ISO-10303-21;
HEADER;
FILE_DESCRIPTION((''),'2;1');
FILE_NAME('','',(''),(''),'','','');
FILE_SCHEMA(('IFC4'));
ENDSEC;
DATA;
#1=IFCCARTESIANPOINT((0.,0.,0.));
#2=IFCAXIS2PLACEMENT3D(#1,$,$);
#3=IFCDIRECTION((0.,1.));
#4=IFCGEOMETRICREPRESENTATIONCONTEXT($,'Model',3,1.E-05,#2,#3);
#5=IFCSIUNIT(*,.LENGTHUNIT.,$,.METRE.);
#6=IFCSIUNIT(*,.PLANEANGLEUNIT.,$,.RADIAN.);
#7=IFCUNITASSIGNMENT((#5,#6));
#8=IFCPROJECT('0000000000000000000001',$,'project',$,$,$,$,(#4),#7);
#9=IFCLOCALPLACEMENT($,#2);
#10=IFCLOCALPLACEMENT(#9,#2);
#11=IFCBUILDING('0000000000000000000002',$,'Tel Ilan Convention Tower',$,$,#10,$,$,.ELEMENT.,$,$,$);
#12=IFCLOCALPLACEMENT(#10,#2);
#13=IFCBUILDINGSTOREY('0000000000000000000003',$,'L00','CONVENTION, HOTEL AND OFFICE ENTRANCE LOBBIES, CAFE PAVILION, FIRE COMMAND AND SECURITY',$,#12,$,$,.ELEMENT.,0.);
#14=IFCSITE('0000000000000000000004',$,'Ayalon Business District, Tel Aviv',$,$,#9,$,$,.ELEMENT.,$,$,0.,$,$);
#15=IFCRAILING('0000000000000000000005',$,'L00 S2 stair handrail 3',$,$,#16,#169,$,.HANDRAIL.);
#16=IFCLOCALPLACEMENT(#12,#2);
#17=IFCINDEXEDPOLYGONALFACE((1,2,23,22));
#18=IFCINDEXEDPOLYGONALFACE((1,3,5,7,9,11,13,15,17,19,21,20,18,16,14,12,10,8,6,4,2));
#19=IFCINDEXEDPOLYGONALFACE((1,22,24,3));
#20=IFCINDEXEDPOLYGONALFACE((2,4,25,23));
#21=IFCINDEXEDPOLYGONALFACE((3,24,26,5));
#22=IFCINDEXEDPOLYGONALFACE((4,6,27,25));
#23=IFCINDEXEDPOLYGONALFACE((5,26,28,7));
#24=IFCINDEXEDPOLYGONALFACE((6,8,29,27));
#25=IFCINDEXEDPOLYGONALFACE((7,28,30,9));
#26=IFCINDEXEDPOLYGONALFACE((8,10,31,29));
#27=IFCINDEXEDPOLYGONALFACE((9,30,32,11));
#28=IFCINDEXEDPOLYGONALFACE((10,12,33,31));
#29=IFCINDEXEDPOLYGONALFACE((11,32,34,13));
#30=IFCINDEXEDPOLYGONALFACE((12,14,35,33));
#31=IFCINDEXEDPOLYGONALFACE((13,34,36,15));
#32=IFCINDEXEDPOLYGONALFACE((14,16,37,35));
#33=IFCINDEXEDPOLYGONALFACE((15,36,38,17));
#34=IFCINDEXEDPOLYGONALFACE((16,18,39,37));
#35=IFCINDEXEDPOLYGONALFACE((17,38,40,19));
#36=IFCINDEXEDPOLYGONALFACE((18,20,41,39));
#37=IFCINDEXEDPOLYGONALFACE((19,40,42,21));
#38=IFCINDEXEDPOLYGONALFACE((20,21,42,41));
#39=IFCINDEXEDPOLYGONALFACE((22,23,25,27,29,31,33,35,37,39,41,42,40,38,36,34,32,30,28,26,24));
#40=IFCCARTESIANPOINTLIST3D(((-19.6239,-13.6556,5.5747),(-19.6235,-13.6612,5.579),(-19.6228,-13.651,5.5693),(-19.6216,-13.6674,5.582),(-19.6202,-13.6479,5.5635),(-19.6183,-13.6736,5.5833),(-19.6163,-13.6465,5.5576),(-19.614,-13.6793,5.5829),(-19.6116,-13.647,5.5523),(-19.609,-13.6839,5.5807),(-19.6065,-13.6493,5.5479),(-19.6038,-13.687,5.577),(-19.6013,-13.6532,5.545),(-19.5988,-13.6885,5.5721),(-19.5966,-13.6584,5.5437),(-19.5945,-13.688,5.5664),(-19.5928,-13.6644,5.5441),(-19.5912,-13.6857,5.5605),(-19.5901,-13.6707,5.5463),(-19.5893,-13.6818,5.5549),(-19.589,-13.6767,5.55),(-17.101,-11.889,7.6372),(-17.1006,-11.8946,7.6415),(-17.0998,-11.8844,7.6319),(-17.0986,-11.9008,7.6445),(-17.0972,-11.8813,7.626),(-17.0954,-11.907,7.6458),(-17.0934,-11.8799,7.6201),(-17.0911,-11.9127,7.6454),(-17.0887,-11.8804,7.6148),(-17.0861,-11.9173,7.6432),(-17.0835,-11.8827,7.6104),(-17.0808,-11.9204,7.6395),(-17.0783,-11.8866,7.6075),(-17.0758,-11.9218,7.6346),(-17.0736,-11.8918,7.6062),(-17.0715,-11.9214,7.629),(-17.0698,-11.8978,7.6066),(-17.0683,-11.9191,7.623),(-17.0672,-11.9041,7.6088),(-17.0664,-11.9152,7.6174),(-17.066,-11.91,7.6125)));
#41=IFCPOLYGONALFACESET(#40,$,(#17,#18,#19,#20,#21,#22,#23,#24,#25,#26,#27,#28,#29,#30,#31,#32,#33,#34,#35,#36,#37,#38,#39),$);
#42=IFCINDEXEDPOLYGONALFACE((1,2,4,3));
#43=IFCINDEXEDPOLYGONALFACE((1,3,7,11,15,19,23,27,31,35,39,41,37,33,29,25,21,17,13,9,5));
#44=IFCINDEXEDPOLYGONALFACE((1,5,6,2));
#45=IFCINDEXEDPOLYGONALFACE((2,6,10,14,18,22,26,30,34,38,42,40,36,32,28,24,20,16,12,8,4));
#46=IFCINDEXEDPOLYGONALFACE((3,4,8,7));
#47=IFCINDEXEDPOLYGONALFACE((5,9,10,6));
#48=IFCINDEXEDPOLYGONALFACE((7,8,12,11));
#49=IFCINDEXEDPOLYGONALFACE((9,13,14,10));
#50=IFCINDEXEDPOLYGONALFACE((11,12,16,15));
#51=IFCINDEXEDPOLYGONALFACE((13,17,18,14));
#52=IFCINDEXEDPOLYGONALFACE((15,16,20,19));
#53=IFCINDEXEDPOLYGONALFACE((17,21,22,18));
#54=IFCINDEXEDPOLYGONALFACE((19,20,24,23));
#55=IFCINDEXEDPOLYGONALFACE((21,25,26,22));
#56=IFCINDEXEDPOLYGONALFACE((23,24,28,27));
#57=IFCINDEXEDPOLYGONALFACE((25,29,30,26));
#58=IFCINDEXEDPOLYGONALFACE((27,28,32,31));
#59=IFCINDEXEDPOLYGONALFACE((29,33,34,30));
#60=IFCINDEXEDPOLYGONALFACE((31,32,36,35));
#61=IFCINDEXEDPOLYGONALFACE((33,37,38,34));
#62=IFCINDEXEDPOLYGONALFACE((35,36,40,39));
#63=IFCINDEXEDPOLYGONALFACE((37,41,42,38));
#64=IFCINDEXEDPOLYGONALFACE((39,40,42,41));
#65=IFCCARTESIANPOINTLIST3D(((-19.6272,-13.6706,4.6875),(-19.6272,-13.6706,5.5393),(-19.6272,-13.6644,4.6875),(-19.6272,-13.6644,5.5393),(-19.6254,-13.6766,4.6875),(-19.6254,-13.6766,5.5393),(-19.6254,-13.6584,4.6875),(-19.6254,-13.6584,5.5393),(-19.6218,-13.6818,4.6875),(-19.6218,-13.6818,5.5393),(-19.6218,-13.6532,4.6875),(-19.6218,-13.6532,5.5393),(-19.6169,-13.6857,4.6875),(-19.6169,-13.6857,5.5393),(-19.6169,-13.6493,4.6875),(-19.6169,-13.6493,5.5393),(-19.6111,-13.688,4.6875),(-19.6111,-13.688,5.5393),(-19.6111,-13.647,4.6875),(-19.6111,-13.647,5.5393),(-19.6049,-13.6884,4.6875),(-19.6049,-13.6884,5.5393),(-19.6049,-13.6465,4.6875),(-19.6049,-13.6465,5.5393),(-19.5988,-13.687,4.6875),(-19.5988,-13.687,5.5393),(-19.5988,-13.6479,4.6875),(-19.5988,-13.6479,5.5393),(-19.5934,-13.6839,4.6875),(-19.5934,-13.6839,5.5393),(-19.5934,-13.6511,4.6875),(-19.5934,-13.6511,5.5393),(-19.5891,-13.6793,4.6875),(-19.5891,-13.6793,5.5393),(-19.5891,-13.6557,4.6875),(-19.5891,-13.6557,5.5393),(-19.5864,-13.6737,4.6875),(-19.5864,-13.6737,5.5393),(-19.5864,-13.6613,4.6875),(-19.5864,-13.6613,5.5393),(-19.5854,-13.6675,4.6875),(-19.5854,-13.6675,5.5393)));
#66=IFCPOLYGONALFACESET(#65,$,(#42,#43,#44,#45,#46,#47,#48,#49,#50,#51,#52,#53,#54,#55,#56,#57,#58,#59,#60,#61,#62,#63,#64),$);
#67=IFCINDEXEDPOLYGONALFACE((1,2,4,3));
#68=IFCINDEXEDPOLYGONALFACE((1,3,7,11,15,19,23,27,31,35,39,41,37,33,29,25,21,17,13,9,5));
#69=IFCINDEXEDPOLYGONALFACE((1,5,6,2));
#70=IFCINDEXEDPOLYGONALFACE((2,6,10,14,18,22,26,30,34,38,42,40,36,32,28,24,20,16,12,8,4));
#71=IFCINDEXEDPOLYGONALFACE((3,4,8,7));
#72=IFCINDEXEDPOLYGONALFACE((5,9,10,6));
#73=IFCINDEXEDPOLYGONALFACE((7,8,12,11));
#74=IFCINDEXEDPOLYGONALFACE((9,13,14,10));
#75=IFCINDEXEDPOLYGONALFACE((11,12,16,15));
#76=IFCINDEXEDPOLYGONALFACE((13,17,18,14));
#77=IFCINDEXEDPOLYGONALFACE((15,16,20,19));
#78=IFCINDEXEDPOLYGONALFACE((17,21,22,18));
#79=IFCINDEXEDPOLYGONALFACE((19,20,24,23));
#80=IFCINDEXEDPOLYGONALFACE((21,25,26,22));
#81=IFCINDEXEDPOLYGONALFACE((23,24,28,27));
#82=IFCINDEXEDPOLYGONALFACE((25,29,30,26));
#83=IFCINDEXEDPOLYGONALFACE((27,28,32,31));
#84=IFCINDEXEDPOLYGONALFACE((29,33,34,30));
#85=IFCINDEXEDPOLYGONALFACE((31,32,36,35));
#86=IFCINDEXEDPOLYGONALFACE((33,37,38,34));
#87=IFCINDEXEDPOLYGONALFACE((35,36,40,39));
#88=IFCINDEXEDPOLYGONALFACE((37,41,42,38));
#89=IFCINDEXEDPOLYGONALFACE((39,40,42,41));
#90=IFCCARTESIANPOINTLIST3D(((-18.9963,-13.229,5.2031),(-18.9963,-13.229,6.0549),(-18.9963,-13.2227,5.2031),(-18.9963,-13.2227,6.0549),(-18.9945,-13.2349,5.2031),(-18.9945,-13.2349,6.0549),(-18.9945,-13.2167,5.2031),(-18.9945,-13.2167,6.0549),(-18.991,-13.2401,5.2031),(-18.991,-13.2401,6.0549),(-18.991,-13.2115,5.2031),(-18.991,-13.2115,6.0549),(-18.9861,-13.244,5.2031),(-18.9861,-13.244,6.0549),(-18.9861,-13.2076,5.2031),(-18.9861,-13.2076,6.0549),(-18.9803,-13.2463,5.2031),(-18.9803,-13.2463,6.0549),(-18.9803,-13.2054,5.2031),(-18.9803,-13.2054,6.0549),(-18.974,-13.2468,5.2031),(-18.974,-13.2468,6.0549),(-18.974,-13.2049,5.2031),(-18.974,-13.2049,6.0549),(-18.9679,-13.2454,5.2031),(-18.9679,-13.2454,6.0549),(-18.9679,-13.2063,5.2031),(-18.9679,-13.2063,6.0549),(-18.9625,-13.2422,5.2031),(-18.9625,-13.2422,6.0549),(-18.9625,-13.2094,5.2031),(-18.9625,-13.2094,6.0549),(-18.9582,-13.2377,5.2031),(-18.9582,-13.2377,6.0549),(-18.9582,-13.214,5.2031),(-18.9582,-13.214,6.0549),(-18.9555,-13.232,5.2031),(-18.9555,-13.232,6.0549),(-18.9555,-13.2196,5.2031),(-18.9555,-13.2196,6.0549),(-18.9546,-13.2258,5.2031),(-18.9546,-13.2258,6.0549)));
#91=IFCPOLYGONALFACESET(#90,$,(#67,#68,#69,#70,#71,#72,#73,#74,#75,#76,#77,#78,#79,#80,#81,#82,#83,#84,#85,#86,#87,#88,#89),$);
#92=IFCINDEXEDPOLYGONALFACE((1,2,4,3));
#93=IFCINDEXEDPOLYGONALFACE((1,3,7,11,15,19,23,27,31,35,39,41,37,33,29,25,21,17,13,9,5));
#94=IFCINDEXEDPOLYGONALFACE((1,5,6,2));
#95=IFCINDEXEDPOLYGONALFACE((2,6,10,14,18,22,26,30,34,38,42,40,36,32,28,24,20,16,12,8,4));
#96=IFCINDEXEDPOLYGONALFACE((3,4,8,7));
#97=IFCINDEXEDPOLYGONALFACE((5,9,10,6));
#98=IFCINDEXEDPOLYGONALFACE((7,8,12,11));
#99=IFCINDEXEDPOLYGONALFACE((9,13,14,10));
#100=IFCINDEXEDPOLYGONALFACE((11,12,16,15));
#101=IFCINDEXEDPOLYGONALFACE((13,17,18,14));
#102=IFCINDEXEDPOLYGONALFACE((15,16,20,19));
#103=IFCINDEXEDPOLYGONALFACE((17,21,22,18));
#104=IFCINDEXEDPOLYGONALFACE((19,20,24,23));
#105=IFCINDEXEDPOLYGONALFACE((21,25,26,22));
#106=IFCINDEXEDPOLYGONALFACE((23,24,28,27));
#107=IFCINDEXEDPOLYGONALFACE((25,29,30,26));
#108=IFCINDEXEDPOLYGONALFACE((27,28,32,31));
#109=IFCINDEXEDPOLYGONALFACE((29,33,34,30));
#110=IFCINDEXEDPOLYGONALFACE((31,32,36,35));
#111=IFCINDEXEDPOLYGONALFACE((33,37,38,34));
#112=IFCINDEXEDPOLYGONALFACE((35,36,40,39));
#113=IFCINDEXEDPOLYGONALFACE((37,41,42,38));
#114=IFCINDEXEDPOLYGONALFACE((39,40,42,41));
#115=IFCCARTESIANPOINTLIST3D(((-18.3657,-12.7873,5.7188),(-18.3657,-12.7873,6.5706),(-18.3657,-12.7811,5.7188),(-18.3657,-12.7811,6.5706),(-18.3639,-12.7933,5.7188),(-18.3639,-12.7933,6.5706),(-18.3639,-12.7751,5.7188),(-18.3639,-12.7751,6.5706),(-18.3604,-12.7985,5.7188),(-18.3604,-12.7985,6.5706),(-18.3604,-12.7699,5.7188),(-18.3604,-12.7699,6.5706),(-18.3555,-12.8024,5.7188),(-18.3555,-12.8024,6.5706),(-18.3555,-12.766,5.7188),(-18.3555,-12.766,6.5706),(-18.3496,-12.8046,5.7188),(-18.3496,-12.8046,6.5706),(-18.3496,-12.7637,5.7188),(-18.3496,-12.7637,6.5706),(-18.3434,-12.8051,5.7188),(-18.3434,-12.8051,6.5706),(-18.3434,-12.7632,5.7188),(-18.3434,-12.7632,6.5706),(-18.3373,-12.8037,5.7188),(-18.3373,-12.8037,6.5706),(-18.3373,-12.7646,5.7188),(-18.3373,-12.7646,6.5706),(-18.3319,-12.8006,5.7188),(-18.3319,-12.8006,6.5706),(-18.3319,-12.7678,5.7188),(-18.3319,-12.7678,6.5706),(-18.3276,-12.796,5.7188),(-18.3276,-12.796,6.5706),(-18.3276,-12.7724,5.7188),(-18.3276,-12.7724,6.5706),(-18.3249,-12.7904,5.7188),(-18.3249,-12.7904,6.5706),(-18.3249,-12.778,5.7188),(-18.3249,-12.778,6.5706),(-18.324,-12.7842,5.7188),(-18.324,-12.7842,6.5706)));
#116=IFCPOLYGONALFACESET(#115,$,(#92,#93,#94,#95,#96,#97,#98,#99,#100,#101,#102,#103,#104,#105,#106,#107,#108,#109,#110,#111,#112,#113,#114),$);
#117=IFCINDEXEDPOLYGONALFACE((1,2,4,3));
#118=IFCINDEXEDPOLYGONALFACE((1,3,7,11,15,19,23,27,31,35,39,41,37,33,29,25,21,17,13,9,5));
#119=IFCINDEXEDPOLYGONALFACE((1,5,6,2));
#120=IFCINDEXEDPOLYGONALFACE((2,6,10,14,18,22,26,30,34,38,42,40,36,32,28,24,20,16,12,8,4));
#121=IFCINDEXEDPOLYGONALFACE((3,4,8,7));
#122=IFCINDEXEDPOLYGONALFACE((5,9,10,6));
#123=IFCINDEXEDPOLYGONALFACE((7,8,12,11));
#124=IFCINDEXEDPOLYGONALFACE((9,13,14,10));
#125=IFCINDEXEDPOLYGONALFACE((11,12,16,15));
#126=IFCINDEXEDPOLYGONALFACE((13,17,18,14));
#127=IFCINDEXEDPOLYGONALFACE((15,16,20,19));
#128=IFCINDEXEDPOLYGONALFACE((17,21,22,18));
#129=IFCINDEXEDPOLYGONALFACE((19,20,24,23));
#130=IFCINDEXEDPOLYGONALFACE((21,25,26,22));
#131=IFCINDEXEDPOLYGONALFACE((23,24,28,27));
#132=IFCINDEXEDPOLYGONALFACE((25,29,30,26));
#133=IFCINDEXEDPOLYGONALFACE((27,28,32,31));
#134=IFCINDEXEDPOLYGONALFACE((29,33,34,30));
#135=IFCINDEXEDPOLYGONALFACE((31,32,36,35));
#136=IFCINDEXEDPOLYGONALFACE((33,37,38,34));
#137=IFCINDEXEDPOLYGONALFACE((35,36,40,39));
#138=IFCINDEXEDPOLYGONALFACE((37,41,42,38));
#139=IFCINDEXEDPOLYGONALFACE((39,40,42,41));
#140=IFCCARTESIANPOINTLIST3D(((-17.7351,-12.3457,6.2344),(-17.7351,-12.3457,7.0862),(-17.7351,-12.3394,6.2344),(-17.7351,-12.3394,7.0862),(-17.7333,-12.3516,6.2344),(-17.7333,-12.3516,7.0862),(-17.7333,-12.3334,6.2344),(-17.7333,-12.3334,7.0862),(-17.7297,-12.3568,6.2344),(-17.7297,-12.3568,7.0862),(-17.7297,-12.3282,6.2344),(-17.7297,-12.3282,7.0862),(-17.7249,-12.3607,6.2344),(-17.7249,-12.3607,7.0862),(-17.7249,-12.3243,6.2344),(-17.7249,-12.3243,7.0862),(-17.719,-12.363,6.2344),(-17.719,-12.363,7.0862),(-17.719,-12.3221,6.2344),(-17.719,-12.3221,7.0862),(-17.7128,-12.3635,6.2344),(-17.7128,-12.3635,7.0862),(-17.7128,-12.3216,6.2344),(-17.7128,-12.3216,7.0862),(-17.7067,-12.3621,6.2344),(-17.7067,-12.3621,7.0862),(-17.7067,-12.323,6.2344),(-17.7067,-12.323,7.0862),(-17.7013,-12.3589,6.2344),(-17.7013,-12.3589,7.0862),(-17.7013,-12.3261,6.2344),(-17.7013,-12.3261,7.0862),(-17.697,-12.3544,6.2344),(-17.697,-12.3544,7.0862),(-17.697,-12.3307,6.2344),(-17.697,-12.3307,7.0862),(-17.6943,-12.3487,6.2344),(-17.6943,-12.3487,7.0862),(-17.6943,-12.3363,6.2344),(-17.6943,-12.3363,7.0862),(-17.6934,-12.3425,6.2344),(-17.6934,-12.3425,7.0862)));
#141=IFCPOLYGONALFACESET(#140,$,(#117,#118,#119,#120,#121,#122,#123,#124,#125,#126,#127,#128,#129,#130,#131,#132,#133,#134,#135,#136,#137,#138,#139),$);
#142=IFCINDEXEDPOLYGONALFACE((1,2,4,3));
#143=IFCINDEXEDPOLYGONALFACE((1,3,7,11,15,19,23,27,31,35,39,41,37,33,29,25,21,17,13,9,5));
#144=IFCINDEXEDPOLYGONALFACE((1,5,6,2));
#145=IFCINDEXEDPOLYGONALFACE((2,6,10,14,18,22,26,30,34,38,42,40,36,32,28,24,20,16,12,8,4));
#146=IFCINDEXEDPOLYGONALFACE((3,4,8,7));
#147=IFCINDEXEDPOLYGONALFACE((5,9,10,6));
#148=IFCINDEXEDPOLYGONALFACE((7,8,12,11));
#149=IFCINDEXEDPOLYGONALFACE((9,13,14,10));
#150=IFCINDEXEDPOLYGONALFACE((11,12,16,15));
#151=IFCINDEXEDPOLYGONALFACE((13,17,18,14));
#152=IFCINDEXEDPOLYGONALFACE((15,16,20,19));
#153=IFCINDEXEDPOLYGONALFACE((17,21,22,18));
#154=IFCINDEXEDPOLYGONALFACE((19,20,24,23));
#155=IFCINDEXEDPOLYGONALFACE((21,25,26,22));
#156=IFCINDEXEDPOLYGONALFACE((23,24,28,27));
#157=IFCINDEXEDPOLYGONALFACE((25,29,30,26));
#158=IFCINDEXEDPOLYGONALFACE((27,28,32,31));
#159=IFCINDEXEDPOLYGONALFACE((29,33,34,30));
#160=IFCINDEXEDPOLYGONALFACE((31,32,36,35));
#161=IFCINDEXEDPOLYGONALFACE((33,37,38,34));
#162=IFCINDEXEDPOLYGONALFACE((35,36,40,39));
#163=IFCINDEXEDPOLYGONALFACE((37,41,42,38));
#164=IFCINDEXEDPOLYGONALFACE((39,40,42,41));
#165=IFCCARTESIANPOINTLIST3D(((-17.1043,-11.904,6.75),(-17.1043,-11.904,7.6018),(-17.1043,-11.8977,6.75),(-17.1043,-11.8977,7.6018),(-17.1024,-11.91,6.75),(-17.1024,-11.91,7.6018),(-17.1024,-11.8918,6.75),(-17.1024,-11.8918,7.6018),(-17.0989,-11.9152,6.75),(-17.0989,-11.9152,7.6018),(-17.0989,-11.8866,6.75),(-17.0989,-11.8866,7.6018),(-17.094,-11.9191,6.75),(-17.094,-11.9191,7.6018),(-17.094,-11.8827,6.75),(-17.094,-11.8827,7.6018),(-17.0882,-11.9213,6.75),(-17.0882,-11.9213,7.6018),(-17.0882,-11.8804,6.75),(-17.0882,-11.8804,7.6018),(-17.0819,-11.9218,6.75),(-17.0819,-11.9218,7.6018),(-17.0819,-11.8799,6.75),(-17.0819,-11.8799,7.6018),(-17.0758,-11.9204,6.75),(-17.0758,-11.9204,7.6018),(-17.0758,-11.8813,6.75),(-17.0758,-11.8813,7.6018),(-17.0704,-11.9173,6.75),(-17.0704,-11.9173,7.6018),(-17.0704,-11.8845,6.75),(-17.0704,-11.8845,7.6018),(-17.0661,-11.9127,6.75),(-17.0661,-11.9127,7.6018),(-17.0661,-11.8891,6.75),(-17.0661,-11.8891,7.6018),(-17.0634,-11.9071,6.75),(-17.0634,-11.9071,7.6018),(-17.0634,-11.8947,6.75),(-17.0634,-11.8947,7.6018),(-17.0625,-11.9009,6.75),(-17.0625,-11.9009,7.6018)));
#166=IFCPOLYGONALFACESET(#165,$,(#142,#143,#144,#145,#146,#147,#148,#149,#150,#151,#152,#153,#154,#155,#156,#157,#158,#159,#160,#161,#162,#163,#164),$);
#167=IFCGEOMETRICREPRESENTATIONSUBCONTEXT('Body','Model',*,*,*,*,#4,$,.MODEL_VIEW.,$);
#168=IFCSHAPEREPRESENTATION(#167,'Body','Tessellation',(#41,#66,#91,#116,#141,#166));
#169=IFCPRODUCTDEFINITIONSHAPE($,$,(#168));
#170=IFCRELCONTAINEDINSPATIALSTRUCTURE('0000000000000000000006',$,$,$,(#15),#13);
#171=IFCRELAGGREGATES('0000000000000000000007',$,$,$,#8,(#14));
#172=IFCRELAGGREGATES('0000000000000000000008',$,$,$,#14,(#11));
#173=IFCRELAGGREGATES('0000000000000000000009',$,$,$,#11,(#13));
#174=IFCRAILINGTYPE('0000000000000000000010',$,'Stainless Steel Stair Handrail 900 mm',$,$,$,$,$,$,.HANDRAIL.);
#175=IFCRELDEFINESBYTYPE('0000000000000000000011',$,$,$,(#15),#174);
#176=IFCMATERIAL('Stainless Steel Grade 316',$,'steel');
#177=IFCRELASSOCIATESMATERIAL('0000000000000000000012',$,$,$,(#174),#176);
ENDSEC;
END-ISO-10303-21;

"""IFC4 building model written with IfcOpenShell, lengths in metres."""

from ifc_helpers import new_model, si_unit, direction, frame, origin, origin_2d, place, context, subcontext, project, spatial, circle, extrude, material, type_object, element, save


model = new_model("IFC4")

# Units and contexts
model_context = context("Model", 3, precision=1e-05, world=origin(), true_north=direction((0.0, 1.0)))
body_context = subcontext(model_context, "Body", "Model", "MODEL_VIEW")
ifc_project = project(units=[si_unit("LENGTHUNIT", "METRE"), si_unit("PLANEANGLEUNIT", "RADIAN")], contexts=[model_context])

# Site, building, storey
site_placement = place(None, origin())
site = spatial("IfcSite", under=ifc_project, at=site_placement, Name="Ayalon Business District, Tel Aviv", CompositionType="ELEMENT", RefElevation=0.0)
building_placement = place(site_placement, origin())
building = spatial("IfcBuilding", under=site, at=building_placement, Name="Tel Ilan Convention Tower", CompositionType="ELEMENT")
storey_placement = place(building_placement, origin())
storey = spatial("IfcBuildingStorey", under=building, at=storey_placement, Name="L00", Description="CONVENTION, HOTEL AND OFFICE ENTRANCE LOBBIES, CAFE PAVILION, FIRE COMMAND AND SECURITY", CompositionType="ELEMENT", Elevation=0.0)

# Railing
ifc_material_1 = material(Name="Stainless Steel Grade 316", Category="steel")
railing_type_1 = type_object("IfcRailingType", Name="Stainless Steel Stair Handrail 900 mm", PredefinedType="HANDRAIL", material=ifc_material_1)
railing_1_placement = place(storey_placement, frame((-19.6064, -13.6675, 4.6875)))
element("IfcRailing", 1, at=railing_1_placement, inside=storey, type_object=railing_type_1, Name="L00 S2 stair handrail 3", PredefinedType="HANDRAIL", context=body_context, shape_type="SweptSolid", body=[
    extrude(circle(Radius=0.0239, at=origin_2d()), frame((0.0, 0.0, 0.876), z_axis=(0.680635, 0.476589, 0.556416), x_axis=(-0.573579, 0.81915, 0.0)), (0.0, 0.0, 1.0), 3.7068),
    extrude(circle(Radius=0.021, at=origin_2d()), origin(), (0.0, 0.0, 1.0), 0.8518),
    extrude(circle(Radius=0.021, at=origin_2d()), frame((0.6309, 0.4417, 0.5156)), (0.0, 0.0, 1.0), 0.8518),
    extrude(circle(Radius=0.021, at=origin_2d()), frame((1.2615, 0.8833, 1.0312)), (0.0, 0.0, 1.0), 0.8518),
    extrude(circle(Radius=0.021, at=origin_2d()), frame((1.8921, 1.325, 1.5469)), (0.0, 0.0, 1.0), 0.8518),
    extrude(circle(Radius=0.021, at=origin_2d()), frame((2.5229, 1.7666, 2.0625)), (0.0, 0.0, 1.0), 0.8518),
])

save(model, "model.ifc")
